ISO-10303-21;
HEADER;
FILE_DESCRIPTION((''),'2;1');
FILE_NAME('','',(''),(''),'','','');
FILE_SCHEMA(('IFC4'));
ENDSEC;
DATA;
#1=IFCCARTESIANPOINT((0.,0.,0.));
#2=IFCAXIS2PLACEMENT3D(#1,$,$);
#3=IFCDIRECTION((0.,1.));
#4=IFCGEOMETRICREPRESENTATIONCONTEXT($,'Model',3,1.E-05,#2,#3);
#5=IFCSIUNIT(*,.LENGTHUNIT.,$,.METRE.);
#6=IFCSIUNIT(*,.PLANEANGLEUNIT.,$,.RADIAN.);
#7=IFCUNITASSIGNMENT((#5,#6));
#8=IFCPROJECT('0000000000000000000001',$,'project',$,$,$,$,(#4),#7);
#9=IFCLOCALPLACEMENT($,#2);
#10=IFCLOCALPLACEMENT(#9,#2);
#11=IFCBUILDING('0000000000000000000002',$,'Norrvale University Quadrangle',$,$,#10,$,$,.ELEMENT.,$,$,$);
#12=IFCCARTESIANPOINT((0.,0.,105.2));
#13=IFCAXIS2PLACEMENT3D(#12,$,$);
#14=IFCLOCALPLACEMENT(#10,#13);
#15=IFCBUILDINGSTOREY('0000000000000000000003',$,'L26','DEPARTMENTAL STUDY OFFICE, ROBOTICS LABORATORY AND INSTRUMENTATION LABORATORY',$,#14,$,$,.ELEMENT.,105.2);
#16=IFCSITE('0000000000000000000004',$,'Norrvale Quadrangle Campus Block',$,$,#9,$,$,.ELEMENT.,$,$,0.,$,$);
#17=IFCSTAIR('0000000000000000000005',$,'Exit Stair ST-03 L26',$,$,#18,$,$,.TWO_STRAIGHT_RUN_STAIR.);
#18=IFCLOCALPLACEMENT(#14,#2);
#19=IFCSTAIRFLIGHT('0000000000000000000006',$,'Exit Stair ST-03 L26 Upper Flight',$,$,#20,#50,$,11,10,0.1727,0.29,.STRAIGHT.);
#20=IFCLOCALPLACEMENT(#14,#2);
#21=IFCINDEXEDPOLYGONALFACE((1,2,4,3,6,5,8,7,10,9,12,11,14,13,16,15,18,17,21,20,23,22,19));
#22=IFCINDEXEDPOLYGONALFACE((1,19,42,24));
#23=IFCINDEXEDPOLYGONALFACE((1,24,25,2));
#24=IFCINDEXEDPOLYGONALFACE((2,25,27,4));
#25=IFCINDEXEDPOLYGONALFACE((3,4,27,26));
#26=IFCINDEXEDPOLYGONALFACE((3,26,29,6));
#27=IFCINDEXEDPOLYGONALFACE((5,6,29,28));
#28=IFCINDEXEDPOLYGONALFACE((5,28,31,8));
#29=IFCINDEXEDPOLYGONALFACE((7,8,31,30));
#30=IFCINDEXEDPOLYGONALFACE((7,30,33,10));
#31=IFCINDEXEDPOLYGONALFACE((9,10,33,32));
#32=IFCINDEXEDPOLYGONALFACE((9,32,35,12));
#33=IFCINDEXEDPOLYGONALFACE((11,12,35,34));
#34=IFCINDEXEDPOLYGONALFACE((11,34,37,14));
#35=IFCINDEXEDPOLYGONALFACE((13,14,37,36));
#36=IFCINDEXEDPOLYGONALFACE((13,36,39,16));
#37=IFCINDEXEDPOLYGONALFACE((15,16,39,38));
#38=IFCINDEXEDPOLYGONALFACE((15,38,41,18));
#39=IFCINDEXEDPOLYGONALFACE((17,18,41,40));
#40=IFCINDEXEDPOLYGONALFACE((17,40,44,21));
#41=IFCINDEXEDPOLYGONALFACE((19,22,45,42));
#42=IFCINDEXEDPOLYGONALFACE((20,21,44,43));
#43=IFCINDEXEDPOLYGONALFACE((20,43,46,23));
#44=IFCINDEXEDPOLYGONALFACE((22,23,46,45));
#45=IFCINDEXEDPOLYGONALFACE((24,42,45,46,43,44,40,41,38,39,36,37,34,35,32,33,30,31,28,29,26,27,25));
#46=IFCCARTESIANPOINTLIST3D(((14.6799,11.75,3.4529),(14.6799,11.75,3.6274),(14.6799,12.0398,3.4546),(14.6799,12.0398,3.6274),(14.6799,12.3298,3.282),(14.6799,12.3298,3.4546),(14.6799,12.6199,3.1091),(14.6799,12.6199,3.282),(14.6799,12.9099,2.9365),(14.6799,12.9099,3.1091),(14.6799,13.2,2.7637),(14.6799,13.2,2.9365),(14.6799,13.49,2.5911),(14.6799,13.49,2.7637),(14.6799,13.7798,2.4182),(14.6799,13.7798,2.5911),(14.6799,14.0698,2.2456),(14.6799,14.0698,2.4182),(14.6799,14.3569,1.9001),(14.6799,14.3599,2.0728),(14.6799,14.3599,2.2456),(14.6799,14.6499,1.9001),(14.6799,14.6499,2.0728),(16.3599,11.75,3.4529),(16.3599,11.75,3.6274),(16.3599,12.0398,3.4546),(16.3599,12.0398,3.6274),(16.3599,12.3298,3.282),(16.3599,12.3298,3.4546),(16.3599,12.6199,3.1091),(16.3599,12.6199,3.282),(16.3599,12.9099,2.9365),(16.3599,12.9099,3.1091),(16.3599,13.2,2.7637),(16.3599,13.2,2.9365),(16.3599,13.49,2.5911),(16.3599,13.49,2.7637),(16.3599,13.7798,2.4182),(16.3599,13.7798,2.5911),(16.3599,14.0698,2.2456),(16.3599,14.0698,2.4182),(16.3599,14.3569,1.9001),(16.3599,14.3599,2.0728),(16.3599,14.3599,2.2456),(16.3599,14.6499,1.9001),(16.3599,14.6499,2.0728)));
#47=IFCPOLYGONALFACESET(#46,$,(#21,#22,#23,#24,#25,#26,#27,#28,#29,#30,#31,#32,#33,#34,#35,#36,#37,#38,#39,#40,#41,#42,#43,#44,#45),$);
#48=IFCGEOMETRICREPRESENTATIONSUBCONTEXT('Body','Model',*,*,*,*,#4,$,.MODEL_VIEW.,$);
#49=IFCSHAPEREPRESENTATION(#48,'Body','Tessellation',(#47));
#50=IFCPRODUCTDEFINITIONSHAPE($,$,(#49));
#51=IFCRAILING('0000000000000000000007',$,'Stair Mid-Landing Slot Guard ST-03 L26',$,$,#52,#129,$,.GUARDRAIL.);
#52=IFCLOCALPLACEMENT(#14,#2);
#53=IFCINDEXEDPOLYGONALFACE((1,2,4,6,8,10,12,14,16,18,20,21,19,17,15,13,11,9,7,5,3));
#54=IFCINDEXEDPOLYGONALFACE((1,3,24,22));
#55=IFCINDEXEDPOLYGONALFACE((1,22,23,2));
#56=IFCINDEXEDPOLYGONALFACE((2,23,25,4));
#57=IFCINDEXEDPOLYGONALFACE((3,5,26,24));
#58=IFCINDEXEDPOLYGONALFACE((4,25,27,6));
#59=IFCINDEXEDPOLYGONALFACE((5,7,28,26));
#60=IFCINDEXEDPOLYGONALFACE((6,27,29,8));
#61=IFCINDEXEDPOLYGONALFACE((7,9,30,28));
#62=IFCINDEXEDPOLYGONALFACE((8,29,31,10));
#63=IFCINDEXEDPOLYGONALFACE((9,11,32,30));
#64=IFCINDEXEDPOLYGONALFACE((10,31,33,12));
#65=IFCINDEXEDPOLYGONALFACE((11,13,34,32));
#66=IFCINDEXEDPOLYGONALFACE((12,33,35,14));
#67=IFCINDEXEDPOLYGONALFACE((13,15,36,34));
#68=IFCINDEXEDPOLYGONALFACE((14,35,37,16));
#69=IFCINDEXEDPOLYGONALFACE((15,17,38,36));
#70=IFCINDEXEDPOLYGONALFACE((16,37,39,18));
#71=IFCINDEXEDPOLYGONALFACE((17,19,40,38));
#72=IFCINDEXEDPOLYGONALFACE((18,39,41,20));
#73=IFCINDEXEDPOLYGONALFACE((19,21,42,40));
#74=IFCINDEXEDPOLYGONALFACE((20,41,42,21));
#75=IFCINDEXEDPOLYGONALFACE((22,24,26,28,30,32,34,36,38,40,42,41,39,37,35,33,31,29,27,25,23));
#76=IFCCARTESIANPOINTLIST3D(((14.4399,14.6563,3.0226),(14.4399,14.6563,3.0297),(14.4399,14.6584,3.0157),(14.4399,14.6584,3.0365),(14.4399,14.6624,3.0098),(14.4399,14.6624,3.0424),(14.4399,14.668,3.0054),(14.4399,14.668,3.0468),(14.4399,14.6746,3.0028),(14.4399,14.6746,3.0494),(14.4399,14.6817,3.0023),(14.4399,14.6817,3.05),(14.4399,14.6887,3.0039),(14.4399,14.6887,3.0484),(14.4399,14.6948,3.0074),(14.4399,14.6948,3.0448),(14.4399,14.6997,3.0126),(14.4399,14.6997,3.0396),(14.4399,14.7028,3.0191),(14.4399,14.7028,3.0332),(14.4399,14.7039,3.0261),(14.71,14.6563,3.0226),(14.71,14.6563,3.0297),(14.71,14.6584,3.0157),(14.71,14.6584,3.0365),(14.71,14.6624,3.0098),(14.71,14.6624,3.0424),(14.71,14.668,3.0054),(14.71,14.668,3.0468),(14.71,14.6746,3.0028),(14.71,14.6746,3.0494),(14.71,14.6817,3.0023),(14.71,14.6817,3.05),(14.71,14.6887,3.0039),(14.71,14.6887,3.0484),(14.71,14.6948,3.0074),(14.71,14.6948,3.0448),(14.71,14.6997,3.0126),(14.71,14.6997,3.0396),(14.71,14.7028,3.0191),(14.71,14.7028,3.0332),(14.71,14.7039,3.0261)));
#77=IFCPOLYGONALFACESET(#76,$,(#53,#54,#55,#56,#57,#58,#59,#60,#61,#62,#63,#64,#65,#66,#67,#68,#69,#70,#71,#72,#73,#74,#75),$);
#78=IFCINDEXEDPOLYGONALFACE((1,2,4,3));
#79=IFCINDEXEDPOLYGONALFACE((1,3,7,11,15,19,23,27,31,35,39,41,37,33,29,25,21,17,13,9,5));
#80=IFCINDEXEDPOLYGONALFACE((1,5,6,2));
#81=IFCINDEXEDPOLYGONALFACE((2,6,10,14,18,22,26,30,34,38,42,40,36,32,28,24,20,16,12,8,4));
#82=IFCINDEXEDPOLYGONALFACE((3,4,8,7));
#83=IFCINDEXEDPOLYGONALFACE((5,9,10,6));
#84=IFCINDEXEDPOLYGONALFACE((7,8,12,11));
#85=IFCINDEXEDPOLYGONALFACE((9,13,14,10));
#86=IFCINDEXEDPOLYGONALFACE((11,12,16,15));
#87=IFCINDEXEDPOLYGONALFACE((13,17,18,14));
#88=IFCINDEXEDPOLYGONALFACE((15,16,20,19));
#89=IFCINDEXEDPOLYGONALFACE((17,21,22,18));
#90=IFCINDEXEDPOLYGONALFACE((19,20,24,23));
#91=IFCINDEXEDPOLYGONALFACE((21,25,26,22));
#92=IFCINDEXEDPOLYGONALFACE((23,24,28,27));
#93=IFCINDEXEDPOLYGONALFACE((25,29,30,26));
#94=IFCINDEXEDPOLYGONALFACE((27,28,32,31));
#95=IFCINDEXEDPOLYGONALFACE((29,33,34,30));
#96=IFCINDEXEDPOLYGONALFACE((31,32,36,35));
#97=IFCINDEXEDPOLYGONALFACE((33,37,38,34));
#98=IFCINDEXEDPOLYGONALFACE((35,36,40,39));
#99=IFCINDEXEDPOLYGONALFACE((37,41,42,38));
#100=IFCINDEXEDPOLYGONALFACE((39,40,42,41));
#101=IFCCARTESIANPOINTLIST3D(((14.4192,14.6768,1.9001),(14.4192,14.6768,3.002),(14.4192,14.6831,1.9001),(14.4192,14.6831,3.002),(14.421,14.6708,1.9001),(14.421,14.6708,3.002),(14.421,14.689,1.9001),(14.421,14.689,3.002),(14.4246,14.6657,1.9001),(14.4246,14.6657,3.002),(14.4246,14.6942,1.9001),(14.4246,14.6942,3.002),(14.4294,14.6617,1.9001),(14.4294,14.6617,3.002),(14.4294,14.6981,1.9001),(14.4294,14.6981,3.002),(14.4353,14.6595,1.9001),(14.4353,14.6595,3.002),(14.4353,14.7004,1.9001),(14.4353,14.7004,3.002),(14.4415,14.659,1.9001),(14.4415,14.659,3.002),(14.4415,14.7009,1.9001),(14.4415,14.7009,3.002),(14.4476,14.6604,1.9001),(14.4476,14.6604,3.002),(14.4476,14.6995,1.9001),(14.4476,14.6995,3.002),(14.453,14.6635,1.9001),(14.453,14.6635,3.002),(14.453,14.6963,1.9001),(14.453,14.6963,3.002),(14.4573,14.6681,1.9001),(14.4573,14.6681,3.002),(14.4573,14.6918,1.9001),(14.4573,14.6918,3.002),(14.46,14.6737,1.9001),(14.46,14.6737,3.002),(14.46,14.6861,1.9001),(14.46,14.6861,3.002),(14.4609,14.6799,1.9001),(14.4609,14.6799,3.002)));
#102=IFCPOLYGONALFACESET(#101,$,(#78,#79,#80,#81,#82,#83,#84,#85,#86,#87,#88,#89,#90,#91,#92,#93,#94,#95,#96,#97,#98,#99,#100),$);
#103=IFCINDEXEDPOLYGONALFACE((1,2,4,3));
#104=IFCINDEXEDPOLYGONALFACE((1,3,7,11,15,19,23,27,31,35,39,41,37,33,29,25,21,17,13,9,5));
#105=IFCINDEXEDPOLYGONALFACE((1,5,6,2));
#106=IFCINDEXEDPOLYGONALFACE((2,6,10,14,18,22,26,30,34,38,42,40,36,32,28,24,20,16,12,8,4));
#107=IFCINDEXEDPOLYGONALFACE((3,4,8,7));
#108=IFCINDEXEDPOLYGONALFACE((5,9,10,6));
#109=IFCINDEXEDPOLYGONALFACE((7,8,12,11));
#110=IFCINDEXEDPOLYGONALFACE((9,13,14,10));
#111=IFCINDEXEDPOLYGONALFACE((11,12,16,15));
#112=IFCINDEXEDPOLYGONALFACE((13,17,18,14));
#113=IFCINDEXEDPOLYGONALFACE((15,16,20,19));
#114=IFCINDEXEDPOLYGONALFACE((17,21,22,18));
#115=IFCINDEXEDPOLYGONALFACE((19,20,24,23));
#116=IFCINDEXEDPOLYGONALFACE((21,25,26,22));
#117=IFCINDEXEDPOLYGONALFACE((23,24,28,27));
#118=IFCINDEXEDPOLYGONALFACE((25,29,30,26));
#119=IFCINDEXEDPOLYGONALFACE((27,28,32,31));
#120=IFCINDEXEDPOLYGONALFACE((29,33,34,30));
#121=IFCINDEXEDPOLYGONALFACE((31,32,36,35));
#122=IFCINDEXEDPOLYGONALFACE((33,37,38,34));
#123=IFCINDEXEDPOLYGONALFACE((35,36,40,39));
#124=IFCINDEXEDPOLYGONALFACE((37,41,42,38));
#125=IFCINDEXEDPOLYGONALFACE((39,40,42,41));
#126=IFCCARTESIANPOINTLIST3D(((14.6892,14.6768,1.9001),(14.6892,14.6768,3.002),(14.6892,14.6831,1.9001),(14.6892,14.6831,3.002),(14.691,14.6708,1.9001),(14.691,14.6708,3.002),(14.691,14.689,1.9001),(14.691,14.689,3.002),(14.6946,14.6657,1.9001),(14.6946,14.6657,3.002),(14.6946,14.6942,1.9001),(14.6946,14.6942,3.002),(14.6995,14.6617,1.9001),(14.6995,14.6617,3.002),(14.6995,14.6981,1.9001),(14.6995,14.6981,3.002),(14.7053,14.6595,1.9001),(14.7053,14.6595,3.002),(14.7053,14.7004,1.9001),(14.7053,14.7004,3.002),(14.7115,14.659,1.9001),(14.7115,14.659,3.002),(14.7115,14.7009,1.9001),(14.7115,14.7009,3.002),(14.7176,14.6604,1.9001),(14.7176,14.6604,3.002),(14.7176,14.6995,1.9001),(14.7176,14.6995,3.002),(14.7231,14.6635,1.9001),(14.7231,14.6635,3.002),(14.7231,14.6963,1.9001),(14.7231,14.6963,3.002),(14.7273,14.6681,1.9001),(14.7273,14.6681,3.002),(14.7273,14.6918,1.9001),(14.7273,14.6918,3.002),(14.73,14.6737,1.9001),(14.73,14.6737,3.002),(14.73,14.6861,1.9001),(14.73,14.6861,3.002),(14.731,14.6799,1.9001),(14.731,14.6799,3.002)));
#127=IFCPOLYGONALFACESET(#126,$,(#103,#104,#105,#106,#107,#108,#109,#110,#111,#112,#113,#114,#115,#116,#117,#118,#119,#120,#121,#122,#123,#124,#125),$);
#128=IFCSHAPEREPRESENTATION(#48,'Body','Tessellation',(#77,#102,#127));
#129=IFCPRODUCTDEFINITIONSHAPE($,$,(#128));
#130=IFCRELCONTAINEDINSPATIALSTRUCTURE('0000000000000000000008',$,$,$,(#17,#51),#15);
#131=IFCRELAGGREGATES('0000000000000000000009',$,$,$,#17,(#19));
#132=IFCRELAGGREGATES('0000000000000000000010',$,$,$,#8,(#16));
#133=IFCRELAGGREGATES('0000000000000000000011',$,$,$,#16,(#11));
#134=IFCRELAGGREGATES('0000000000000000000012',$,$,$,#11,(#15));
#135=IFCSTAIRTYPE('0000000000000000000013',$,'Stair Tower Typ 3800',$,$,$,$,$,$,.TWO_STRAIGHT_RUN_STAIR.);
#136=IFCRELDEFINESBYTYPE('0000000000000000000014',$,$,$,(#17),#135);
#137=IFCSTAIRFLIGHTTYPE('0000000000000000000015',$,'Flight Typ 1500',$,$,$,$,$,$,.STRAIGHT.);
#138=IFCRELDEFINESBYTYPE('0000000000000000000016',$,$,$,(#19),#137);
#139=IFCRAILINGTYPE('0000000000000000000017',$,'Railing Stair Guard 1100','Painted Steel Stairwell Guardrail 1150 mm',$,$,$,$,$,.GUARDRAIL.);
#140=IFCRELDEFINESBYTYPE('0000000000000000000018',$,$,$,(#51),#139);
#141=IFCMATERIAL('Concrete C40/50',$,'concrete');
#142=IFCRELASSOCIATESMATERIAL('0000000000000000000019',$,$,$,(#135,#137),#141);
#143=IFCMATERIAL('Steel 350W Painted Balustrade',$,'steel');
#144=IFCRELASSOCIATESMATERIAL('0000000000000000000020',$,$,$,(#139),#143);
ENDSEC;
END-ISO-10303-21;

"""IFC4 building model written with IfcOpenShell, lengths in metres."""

from ifc_helpers import new_model, si_unit, direction, frame, origin, origin_2d, place, context, subcontext, project, spatial, polyline, circle, outline, extrude, material, type_object, element, aggregate, save


model = new_model("IFC4")

# Units and contexts
model_context = context("Model", 3, precision=1e-05, world=origin(), true_north=direction((0.0, 1.0)))
body_context = subcontext(model_context, "Body", "Model", "MODEL_VIEW")
ifc_project = project(units=[si_unit("LENGTHUNIT", "METRE"), si_unit("PLANEANGLEUNIT", "RADIAN")], contexts=[model_context])

# Site, building, storey
site_placement = place(None, origin())
site = spatial("IfcSite", under=ifc_project, at=site_placement, Name="Norrvale Quadrangle Campus Block", CompositionType="ELEMENT", RefElevation=0.0)
building_placement = place(site_placement, origin())
building = spatial("IfcBuilding", under=site, at=building_placement, Name="Norrvale University Quadrangle", CompositionType="ELEMENT")
storey_placement = place(building_placement, frame((0.0, 0.0, 105.2)))
storey = spatial("IfcBuildingStorey", under=building, at=storey_placement, Name="L26", Description="DEPARTMENTAL STUDY OFFICE, ROBOTICS LABORATORY AND INSTRUMENTATION LABORATORY", CompositionType="ELEMENT", Elevation=105.2)

# Stair, stair flight
ifc_material_1 = material(Name="Concrete C40/50", Category="concrete")
stair_type = type_object("IfcStairType", Name="Stair Tower Typ 3800", PredefinedType="TWO_STRAIGHT_RUN_STAIR", material=ifc_material_1)
stair_placement = place(storey_placement, origin())
stair = element("IfcStair", 1, at=stair_placement, inside=storey, type_object=stair_type, Name="Exit Stair ST-03 L26", PredefinedType="TWO_STRAIGHT_RUN_STAIR")
stair_flight_type = type_object("IfcStairFlightType", Name="Flight Typ 1500", PredefinedType="STRAIGHT", material=ifc_material_1)
stair_flight_1_placement = place(storey_placement, frame((15.52, 14.6499, 1.9001), z_axis=(0.0, 0.0, 1.0), x_axis=(0.0, -1.0, 0.0)))
stair_flight_1 = element("IfcStairFlight", 2, at=stair_flight_1_placement, type_object=stair_flight_type, Name="Exit Stair ST-03 L26 Upper Flight", NumberOfRisers=11, NumberOfTreads=10, PredefinedType="STRAIGHT", RiserHeight=0.1727, TreadLength=0.29, context=body_context, shape_type="SweptSolid", body=[
    extrude(outline(polyline([(0.0, 0.0), (0.0, 0.1726), (0.29, 0.1726), (0.29, 0.3455), (0.5801, 0.3455), (0.5801, 0.5181), (0.8701, 0.5181), (0.8701, 0.6909), (1.1599, 0.6909), (1.1599, 0.8635), (1.45, 0.8635), (1.45, 1.0364), (1.74, 1.0364), (1.74, 1.209), (2.03, 1.209), (2.03, 1.3818), (2.3201, 1.3818), (2.3201, 1.5544), (2.6101, 1.5544), (2.6101, 1.7273), (2.8999, 1.7273), (2.8999, 1.8999), (2.8999, 1.5527), (0.293, 0.0), (0.0, 0.0)])), frame((0.0, 0.8398, 0.0), z_axis=(0.0, -1.0, 0.0), x_axis=(1.0, 0.0, 0.0)), (0.0, 0.0, 1.0), 1.6799),
])
aggregate(stair, [stair_flight_1])

# Railing
ifc_material_2 = material(Name="Steel 350W Painted Balustrade", Category="steel")
railing_type_1 = type_object("IfcRailingType", Name="Railing Stair Guard 1100", Description="Painted Steel Stairwell Guardrail 1150 mm", PredefinedType="GUARDRAIL", material=ifc_material_2)
railing_1_placement = place(storey_placement, frame((14.4399, 14.6799, 1.9001)))
element("IfcRailing", 3, at=railing_1_placement, inside=storey, type_object=railing_type_1, Name="Stair Mid-Landing Slot Guard ST-03 L26", PredefinedType="GUARDRAIL", context=body_context, shape_type="SweptSolid", body=[
    extrude(circle(Radius=0.0239, at=origin_2d()), frame((0.0, 0.0, 1.126), z_axis=(1.0, 0.0, 0.0), x_axis=(0.0, 1.0, 0.0)), (0.0, 0.0, 1.0), 0.27),
    extrude(circle(Radius=0.021, at=origin_2d()), origin(), (0.0, 0.0, 1.0), 1.1018),
    extrude(circle(Radius=0.021, at=origin_2d()), frame((0.27, 0.0, 0.0)), (0.0, 0.0, 1.0), 1.1018),
])

save(model, "model.ifc")
